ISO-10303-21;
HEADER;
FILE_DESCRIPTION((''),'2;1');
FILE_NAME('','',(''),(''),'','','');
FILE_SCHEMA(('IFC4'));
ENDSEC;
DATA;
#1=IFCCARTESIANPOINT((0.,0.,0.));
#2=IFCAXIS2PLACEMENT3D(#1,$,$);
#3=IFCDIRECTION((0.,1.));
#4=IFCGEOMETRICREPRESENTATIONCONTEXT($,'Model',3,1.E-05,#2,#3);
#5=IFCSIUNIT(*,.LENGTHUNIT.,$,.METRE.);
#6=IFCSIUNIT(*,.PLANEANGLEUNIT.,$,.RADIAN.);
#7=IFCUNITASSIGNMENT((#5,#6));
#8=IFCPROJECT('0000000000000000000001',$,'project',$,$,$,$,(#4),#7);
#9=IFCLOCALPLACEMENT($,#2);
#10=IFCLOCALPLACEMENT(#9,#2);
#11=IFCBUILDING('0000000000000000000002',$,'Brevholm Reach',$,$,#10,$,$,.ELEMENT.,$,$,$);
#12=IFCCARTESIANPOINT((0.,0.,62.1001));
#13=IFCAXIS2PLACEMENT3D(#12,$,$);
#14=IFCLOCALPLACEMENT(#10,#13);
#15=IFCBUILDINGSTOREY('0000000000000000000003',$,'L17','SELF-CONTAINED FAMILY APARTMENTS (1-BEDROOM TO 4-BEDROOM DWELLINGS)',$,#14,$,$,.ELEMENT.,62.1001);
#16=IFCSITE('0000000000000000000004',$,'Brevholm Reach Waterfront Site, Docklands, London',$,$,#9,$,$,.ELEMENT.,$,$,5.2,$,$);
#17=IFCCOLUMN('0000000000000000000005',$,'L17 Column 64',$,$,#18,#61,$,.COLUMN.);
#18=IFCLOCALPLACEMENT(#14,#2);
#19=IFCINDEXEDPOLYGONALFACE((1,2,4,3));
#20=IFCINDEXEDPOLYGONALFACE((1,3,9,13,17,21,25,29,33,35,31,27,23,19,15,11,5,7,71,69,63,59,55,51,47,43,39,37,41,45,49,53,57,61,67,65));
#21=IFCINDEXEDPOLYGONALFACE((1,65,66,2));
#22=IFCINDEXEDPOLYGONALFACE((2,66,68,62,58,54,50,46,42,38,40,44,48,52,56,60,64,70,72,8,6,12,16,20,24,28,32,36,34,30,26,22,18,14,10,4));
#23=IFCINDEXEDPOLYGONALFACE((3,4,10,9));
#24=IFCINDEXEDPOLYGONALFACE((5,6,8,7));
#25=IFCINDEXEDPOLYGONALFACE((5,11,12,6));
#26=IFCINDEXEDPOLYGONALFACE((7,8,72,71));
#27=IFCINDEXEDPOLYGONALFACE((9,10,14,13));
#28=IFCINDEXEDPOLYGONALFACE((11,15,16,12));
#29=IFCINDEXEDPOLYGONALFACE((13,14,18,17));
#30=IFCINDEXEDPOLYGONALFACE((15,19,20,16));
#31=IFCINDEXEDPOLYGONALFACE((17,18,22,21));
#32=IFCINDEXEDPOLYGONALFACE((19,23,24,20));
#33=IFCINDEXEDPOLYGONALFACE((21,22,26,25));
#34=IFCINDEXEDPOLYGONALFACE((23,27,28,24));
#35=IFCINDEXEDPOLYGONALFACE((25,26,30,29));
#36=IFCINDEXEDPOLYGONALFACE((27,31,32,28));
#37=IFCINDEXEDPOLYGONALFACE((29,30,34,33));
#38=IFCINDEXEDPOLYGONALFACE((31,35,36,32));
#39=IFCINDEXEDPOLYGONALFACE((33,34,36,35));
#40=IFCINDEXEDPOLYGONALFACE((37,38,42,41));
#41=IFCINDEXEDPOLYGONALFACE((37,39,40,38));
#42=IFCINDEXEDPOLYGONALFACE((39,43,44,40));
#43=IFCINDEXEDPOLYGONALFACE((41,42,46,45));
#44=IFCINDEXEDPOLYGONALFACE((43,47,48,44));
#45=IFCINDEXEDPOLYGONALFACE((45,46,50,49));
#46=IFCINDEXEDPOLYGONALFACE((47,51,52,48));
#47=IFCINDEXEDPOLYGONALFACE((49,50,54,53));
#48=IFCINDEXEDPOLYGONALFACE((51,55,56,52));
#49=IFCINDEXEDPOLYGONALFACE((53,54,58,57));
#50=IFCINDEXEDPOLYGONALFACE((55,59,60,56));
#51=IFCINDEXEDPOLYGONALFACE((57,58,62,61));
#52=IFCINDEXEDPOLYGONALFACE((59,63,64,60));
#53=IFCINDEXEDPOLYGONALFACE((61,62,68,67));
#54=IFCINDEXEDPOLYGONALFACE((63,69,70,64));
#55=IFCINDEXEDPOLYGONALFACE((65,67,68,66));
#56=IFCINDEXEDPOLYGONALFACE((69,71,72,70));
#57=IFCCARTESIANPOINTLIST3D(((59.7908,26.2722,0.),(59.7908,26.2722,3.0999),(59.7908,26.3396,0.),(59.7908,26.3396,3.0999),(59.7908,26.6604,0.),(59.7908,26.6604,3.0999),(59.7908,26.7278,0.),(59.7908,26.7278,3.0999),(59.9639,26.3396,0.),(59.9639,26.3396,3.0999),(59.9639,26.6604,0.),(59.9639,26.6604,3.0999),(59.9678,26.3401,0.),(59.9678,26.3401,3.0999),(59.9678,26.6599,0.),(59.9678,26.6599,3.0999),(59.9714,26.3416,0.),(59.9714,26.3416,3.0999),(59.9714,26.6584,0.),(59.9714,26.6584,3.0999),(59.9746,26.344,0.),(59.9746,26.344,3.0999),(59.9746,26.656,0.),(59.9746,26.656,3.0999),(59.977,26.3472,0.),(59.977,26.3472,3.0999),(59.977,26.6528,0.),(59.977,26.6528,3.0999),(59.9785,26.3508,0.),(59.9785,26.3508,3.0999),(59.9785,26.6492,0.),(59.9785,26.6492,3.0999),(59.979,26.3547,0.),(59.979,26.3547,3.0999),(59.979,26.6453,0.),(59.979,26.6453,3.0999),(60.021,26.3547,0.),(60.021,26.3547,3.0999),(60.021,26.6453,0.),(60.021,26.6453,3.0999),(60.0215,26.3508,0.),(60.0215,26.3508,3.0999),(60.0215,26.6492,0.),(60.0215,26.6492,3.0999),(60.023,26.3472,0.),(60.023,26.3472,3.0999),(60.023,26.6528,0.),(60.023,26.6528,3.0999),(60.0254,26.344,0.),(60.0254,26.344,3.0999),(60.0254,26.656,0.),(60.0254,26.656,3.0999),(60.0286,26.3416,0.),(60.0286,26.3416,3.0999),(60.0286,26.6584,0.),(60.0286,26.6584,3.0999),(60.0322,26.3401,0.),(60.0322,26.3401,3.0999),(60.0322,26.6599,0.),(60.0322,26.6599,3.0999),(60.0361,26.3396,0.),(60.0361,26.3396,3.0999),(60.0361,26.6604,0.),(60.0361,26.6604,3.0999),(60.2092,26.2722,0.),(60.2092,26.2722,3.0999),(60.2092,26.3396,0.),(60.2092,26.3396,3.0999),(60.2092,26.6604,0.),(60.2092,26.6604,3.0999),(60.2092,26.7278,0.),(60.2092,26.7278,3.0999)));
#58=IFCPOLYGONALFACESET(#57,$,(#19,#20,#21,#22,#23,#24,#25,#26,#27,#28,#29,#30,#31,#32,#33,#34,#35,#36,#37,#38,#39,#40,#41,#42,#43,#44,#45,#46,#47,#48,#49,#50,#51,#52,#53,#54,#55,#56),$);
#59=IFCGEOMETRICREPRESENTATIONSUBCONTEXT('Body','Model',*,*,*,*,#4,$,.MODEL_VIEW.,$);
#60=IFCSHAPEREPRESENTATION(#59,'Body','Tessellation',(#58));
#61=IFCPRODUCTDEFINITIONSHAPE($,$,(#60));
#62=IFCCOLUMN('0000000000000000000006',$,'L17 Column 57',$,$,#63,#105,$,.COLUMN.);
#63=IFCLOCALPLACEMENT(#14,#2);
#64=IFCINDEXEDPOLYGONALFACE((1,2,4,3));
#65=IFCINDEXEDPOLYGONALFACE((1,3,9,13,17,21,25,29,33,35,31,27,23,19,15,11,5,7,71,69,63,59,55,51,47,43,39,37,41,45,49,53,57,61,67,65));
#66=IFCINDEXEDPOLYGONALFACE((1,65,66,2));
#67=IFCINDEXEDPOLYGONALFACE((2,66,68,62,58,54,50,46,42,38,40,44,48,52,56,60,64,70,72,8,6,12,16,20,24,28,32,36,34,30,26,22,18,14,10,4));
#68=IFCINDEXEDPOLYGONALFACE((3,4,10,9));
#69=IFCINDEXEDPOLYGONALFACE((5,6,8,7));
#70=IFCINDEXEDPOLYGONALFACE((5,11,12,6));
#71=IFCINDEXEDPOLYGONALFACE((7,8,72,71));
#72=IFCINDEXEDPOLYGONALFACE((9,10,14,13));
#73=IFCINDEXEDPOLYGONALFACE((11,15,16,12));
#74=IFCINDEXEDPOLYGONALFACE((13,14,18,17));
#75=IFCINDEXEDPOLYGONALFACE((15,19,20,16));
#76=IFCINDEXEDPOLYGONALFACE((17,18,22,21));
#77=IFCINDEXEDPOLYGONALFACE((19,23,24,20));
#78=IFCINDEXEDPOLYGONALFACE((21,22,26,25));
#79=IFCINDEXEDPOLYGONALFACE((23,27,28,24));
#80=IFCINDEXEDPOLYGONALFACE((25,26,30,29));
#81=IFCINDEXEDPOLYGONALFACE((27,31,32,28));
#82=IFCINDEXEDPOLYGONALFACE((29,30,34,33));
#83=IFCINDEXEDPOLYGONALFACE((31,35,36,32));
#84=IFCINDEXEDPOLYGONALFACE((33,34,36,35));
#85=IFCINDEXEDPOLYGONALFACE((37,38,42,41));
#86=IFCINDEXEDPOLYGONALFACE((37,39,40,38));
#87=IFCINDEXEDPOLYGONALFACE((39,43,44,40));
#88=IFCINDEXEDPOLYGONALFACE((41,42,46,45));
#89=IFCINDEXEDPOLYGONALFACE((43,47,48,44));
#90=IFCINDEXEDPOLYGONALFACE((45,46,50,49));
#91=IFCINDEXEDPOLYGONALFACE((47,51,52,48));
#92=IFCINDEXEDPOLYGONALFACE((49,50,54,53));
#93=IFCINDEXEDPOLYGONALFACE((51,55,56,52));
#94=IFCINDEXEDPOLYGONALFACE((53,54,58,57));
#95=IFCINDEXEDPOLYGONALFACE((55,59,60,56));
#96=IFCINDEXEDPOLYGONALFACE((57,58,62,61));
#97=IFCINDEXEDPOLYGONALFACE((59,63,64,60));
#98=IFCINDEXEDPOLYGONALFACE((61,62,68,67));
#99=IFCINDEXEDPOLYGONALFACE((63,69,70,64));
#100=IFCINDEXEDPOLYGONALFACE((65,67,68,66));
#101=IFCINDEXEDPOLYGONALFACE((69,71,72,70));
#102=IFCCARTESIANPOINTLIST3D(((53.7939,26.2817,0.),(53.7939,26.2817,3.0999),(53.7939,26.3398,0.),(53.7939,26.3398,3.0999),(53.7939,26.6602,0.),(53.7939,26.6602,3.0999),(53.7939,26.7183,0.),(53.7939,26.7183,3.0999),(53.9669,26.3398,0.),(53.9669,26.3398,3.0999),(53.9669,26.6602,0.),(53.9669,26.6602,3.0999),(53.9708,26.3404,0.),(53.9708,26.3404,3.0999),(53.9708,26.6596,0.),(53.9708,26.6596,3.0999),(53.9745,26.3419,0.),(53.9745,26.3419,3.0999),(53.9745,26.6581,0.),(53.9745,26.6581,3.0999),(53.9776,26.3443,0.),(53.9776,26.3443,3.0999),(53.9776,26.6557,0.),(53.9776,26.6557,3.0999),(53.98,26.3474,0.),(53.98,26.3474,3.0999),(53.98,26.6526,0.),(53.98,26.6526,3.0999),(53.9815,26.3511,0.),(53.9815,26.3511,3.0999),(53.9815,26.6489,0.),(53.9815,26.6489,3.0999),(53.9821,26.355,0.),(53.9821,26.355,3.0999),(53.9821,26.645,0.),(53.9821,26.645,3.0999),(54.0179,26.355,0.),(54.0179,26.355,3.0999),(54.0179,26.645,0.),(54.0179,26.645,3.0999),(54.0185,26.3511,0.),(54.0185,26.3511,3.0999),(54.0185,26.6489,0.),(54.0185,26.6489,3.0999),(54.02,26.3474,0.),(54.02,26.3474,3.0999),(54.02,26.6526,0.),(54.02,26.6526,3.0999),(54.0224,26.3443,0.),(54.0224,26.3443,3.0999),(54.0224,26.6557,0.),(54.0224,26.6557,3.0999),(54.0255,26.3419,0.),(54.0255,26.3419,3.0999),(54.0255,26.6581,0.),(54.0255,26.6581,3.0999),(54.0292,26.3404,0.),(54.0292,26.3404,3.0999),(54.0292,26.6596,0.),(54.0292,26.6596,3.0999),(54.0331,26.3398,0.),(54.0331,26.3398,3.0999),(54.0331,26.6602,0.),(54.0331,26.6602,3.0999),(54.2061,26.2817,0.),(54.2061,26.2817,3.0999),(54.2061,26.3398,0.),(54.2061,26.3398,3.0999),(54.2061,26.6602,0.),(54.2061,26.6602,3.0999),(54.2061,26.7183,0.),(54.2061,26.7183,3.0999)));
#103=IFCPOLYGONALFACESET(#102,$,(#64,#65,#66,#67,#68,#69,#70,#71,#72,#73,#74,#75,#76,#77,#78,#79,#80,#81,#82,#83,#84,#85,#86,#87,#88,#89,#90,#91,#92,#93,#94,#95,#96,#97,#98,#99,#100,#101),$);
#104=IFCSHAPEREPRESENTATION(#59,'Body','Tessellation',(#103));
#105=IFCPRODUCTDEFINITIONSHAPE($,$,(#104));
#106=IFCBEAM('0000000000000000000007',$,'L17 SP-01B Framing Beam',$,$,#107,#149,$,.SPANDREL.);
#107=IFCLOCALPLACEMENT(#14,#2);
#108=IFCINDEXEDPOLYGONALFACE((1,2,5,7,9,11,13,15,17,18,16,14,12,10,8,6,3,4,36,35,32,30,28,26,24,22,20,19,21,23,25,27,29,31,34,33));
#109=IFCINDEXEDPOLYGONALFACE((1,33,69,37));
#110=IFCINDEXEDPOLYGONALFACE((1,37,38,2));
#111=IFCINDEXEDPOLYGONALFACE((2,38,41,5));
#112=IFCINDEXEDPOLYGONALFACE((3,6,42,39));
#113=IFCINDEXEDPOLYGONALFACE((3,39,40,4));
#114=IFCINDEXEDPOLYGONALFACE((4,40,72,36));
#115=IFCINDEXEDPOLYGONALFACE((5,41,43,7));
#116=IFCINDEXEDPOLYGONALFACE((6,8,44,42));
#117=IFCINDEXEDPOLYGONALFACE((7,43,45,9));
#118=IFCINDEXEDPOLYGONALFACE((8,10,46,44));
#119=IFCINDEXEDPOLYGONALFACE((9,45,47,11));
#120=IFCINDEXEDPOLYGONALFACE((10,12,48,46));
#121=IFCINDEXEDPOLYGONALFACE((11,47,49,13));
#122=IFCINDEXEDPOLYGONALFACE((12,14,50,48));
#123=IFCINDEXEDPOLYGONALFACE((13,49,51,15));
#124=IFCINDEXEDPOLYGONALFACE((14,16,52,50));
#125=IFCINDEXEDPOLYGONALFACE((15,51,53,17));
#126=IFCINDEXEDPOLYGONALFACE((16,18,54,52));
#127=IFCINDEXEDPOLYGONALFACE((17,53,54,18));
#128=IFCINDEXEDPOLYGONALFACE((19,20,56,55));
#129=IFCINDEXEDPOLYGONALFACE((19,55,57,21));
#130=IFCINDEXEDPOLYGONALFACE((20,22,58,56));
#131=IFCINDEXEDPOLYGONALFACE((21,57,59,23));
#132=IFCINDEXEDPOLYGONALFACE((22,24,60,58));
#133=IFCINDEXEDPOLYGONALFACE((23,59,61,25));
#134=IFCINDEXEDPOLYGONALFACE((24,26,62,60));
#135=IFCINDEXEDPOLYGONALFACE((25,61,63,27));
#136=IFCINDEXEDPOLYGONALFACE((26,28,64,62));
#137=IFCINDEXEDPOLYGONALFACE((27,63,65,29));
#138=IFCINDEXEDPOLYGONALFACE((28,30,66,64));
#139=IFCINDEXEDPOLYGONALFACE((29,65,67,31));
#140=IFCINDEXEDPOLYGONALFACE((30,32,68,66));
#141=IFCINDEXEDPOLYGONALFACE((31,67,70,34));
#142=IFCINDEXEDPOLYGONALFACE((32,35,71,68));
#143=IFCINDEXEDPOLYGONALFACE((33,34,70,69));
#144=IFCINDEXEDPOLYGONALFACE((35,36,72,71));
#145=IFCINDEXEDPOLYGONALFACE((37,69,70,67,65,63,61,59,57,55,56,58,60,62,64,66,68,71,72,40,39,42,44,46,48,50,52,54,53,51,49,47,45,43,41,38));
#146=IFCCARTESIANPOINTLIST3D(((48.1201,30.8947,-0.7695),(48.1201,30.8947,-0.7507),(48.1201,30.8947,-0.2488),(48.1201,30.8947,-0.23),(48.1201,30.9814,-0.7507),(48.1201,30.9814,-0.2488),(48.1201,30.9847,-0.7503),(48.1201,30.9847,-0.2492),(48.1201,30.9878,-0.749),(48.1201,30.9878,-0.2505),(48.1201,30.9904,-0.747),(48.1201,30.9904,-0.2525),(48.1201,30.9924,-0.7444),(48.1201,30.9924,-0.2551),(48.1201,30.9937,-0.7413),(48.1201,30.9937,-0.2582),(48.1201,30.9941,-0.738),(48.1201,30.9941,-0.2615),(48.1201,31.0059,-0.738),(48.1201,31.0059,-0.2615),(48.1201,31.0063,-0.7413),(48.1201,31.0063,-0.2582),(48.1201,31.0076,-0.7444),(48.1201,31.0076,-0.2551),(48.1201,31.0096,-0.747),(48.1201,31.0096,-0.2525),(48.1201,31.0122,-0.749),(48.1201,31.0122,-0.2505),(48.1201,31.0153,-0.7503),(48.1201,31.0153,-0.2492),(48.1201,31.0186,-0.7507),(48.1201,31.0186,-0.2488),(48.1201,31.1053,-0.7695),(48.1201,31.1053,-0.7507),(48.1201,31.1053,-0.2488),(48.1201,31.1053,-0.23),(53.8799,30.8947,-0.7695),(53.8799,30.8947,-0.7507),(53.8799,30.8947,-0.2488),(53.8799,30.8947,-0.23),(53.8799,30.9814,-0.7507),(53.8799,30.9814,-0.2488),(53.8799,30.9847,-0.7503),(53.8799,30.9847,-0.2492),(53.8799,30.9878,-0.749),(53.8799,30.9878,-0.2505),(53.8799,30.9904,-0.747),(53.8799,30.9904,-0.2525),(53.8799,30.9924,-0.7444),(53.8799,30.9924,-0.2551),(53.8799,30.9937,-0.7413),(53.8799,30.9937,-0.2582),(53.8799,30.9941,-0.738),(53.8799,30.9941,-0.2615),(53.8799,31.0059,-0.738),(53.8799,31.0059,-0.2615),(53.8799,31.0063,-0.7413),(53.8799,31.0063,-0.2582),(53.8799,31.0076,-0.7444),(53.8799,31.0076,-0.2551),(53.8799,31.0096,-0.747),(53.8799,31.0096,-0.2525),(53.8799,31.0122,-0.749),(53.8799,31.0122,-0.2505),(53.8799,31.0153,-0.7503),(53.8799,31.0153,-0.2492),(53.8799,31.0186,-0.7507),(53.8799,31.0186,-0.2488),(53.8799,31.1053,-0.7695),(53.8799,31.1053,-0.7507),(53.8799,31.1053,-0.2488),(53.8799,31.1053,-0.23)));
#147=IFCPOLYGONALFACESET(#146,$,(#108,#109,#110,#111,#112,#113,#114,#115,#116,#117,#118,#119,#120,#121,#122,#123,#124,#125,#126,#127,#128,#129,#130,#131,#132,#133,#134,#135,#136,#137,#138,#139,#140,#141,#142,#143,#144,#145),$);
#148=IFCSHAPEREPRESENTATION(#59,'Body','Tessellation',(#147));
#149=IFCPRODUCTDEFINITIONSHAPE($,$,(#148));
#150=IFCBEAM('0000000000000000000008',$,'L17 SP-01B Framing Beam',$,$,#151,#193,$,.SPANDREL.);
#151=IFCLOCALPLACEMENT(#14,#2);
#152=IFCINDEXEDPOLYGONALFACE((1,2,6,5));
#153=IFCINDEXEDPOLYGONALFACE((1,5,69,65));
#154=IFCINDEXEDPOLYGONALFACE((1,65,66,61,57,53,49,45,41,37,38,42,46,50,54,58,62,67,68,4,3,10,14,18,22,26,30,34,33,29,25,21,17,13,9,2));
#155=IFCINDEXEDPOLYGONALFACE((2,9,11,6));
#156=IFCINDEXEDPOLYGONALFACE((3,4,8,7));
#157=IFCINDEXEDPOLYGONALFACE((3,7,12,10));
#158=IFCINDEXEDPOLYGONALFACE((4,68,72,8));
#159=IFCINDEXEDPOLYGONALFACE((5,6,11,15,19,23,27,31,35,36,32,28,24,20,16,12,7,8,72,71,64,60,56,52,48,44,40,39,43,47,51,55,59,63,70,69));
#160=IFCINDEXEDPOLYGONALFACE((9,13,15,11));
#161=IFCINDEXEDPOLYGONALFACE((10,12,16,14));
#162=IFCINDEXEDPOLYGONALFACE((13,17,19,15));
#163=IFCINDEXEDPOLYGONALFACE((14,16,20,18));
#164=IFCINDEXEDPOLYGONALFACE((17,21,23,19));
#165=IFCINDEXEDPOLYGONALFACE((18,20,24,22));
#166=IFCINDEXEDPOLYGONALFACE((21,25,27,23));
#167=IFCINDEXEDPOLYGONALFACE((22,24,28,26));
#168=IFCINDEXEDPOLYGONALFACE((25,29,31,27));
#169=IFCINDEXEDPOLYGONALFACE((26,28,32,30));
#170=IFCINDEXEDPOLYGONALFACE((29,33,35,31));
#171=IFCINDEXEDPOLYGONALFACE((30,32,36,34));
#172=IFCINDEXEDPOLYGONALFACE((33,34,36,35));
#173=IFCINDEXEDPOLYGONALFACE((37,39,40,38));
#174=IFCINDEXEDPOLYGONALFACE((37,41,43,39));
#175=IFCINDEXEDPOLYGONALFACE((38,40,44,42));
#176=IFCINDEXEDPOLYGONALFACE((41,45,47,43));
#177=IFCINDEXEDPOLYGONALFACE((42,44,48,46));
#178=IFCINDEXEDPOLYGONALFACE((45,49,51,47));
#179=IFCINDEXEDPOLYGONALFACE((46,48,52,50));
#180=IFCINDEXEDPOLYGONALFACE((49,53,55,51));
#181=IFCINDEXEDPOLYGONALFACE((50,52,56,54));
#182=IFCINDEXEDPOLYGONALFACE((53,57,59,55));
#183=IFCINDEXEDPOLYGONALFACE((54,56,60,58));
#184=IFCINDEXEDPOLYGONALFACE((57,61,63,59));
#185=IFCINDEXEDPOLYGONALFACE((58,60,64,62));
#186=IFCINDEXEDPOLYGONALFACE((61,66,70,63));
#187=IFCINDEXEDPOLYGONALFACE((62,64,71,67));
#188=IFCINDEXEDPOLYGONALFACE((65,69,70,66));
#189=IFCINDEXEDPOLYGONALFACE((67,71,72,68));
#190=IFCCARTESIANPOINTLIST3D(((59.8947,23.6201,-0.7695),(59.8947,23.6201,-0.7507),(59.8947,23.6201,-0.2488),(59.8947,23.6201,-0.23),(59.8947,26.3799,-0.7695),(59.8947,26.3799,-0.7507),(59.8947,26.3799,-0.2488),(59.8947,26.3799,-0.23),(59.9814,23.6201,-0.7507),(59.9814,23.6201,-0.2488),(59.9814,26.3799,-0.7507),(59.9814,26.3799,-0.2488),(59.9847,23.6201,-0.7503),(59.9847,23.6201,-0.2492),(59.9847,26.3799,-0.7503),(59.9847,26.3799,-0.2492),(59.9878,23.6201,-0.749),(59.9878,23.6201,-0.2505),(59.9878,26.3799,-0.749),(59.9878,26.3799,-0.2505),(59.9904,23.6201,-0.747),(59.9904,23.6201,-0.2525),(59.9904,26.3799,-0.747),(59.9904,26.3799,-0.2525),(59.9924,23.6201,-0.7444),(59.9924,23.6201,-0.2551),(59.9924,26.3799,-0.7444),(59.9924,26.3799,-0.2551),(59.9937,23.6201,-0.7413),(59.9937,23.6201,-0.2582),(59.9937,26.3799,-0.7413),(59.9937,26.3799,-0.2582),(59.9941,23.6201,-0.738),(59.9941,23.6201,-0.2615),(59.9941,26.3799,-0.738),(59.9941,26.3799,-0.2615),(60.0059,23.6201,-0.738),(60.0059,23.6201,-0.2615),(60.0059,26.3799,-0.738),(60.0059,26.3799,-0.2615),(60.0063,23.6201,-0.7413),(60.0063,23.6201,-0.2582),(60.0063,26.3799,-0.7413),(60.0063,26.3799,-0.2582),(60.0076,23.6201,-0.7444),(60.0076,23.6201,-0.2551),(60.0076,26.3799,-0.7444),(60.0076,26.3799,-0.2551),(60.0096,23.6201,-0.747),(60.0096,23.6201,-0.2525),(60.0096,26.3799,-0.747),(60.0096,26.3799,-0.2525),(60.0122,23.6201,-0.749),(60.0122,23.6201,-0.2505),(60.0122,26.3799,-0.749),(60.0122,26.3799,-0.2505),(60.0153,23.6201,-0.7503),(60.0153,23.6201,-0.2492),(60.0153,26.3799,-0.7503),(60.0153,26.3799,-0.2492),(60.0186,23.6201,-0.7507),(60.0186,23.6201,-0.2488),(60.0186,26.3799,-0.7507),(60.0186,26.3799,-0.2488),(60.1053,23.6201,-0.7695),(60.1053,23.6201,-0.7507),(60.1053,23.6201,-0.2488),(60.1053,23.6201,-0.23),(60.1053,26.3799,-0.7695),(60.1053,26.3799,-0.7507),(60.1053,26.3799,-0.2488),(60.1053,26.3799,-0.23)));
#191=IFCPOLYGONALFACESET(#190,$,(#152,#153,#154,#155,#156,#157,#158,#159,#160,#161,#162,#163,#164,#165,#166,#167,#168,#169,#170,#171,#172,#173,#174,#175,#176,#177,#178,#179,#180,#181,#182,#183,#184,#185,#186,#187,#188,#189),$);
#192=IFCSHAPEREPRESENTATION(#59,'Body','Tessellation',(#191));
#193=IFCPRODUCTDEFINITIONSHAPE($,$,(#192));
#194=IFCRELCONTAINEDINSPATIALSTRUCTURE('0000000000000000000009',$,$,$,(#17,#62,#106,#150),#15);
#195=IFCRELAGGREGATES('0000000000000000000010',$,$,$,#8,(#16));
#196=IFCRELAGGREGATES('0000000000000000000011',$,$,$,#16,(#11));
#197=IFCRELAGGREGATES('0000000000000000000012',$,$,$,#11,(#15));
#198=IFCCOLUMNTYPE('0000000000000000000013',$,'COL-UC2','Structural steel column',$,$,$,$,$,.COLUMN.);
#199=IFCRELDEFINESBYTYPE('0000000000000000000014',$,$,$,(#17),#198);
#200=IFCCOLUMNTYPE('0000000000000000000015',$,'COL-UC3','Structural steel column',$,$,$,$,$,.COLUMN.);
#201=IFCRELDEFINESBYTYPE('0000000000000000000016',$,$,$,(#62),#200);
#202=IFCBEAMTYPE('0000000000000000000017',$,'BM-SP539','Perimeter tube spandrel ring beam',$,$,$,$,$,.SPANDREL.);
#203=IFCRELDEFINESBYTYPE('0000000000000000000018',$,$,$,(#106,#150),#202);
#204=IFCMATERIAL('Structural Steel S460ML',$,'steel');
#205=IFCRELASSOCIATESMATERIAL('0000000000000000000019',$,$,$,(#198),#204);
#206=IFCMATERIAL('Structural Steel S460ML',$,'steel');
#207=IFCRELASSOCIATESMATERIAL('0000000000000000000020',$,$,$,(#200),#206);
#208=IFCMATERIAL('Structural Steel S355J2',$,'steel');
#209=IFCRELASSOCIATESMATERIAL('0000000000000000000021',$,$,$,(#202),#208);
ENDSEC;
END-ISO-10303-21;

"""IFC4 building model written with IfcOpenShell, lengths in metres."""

from ifc_helpers import new_model, si_unit, direction, frame, origin, origin_2d, place, context, subcontext, project, spatial, i_section, extrude, material, material_profile, profile_set, type_object, element, save


model = new_model("IFC4")

# Units and contexts
model_context = context("Model", 3, precision=1e-05, world=origin(), true_north=direction((0.0, 1.0)))
body_context = subcontext(model_context, "Body", "Model", "MODEL_VIEW")
ifc_project = project(units=[si_unit("LENGTHUNIT", "METRE"), si_unit("PLANEANGLEUNIT", "RADIAN")], contexts=[model_context])

# Site, building, storey
site_placement = place(None, origin())
site = spatial("IfcSite", under=ifc_project, at=site_placement, Name="Brevholm Reach Waterfront Site, Docklands, London", CompositionType="ELEMENT", RefElevation=5.2)
building_placement = place(site_placement, origin())
building = spatial("IfcBuilding", under=site, at=building_placement, Name="Brevholm Reach", CompositionType="ELEMENT")
storey_placement = place(building_placement, frame((0.0, 0.0, 62.1001)))
storey = spatial("IfcBuildingStorey", under=building, at=storey_placement, Name="L17", Description="SELF-CONTAINED FAMILY APARTMENTS (1-BEDROOM TO 4-BEDROOM DWELLINGS)", CompositionType="ELEMENT", Elevation=62.1001)

# Columns
ifc_material_1 = material(Name="Structural Steel S460ML", Category="steel")
ifc_material_profile_1 = material_profile(ifc_material_1, i_section(OverallWidth=0.4185, OverallDepth=0.4556, WebThickness=0.042, FlangeThickness=0.0674, FilletRadius=0.0151, at=origin_2d()), Name="UKC 356x406x551")
ifc_profile_set_1 = profile_set([ifc_material_profile_1], Name="Structural Steel S460ML")
column_type_1 = type_object("IfcColumnType", Name="COL-UC2", Description="Structural steel column", PredefinedType="COLUMN", material=ifc_profile_set_1)
for number, where, z_axis, x_axis, name in (
    (1, (60.0, 26.5, 0.0), (0.0, 0.0, 1.0), (1.0, 0.0, 0.0), "L17 Column 64"),
):
    element("IfcColumn", number, at=place(storey_placement, frame(where, z_axis=z_axis, x_axis=x_axis)), inside=storey, type_object=column_type_1, Name=name, PredefinedType="COLUMN", context=body_context, shape_type="SweptSolid", body=[
        extrude(i_section(OverallWidth=0.4185, OverallDepth=0.4556, WebThickness=0.042, FlangeThickness=0.0674, FilletRadius=0.0151, at=origin_2d()), origin(), (0.0, 0.0, 1.0), 3.0999),
    ])
ifc_material_2 = material(Name="Structural Steel S460ML", Category="steel")
ifc_material_profile_2 = material_profile(ifc_material_2, i_section(OverallWidth=0.4121, OverallDepth=0.4365, WebThickness=0.0359, FlangeThickness=0.0581, FilletRadius=0.0151, at=origin_2d()), Name="UKC 356x406x467")
ifc_profile_set_2 = profile_set([ifc_material_profile_2], Name="Structural Steel S460ML")
column_type_2 = type_object("IfcColumnType", Name="COL-UC3", Description="Structural steel column", PredefinedType="COLUMN", material=ifc_profile_set_2)
column_1_placement = place(storey_placement, frame((54.0, 26.5, 0.0), z_axis=(0.0, 0.0, 1.0), x_axis=(1.0, 0.0, 0.0)))
element("IfcColumn", 2, at=column_1_placement, inside=storey, type_object=column_type_2, Name="L17 Column 57", PredefinedType="COLUMN", context=body_context, shape_type="SweptSolid", body=[
    extrude(i_section(OverallWidth=0.4121, OverallDepth=0.4365, WebThickness=0.0359, FlangeThickness=0.0581, FilletRadius=0.0151, at=origin_2d()), origin(), (0.0, 0.0, 1.0), 3.0999),
])

# Beams
ifc_material_3 = material(Name="Structural Steel S355J2", Category="steel")
ifc_material_profile_3 = material_profile(ifc_material_3, i_section(OverallWidth=0.2107, OverallDepth=0.5396, WebThickness=0.0117, FlangeThickness=0.0188, FilletRadius=0.0127, at=origin_2d()), Name="UKB 533x210x109")
ifc_profile_set_3 = profile_set([ifc_material_profile_3], Name="Structural Steel S355J2")
beam_type_1 = type_object("IfcBeamType", Name="BM-SP539", Description="Perimeter tube spandrel ring beam", PredefinedType="SPANDREL", material=ifc_profile_set_3)
beam_1_placement = place(storey_placement, frame((48.1201, 31.0, -0.4998), z_axis=(1.0, 0.0, 0.0), x_axis=(0.0, 1.0, 0.0)))
element("IfcBeam", 3, at=beam_1_placement, inside=storey, type_object=beam_type_1, Name="L17 SP-01B Framing Beam", PredefinedType="SPANDREL", context=body_context, shape_type="SweptSolid", body=[
    extrude(i_section(OverallWidth=0.2107, OverallDepth=0.5396, WebThickness=0.0117, FlangeThickness=0.0188, FilletRadius=0.0127, at=origin_2d()), origin(), (0.0, 0.0, 1.0), 5.7598),
])
beam_2_placement = place(storey_placement, frame((60.0, 23.6201, -0.4998), z_axis=(0.0, 1.0, 0.0), x_axis=(-1.0, 0.0, 0.0)))
element("IfcBeam", 4, at=beam_2_placement, inside=storey, type_object=beam_type_1, Name="L17 SP-01B Framing Beam", PredefinedType="SPANDREL", context=body_context, shape_type="SweptSolid", body=[
    extrude(i_section(OverallWidth=0.2107, OverallDepth=0.5396, WebThickness=0.0117, FlangeThickness=0.0188, FilletRadius=0.0127, at=origin_2d()), origin(), (0.0, 0.0, 1.0), 2.7598),
])

save(model, "model.ifc")
